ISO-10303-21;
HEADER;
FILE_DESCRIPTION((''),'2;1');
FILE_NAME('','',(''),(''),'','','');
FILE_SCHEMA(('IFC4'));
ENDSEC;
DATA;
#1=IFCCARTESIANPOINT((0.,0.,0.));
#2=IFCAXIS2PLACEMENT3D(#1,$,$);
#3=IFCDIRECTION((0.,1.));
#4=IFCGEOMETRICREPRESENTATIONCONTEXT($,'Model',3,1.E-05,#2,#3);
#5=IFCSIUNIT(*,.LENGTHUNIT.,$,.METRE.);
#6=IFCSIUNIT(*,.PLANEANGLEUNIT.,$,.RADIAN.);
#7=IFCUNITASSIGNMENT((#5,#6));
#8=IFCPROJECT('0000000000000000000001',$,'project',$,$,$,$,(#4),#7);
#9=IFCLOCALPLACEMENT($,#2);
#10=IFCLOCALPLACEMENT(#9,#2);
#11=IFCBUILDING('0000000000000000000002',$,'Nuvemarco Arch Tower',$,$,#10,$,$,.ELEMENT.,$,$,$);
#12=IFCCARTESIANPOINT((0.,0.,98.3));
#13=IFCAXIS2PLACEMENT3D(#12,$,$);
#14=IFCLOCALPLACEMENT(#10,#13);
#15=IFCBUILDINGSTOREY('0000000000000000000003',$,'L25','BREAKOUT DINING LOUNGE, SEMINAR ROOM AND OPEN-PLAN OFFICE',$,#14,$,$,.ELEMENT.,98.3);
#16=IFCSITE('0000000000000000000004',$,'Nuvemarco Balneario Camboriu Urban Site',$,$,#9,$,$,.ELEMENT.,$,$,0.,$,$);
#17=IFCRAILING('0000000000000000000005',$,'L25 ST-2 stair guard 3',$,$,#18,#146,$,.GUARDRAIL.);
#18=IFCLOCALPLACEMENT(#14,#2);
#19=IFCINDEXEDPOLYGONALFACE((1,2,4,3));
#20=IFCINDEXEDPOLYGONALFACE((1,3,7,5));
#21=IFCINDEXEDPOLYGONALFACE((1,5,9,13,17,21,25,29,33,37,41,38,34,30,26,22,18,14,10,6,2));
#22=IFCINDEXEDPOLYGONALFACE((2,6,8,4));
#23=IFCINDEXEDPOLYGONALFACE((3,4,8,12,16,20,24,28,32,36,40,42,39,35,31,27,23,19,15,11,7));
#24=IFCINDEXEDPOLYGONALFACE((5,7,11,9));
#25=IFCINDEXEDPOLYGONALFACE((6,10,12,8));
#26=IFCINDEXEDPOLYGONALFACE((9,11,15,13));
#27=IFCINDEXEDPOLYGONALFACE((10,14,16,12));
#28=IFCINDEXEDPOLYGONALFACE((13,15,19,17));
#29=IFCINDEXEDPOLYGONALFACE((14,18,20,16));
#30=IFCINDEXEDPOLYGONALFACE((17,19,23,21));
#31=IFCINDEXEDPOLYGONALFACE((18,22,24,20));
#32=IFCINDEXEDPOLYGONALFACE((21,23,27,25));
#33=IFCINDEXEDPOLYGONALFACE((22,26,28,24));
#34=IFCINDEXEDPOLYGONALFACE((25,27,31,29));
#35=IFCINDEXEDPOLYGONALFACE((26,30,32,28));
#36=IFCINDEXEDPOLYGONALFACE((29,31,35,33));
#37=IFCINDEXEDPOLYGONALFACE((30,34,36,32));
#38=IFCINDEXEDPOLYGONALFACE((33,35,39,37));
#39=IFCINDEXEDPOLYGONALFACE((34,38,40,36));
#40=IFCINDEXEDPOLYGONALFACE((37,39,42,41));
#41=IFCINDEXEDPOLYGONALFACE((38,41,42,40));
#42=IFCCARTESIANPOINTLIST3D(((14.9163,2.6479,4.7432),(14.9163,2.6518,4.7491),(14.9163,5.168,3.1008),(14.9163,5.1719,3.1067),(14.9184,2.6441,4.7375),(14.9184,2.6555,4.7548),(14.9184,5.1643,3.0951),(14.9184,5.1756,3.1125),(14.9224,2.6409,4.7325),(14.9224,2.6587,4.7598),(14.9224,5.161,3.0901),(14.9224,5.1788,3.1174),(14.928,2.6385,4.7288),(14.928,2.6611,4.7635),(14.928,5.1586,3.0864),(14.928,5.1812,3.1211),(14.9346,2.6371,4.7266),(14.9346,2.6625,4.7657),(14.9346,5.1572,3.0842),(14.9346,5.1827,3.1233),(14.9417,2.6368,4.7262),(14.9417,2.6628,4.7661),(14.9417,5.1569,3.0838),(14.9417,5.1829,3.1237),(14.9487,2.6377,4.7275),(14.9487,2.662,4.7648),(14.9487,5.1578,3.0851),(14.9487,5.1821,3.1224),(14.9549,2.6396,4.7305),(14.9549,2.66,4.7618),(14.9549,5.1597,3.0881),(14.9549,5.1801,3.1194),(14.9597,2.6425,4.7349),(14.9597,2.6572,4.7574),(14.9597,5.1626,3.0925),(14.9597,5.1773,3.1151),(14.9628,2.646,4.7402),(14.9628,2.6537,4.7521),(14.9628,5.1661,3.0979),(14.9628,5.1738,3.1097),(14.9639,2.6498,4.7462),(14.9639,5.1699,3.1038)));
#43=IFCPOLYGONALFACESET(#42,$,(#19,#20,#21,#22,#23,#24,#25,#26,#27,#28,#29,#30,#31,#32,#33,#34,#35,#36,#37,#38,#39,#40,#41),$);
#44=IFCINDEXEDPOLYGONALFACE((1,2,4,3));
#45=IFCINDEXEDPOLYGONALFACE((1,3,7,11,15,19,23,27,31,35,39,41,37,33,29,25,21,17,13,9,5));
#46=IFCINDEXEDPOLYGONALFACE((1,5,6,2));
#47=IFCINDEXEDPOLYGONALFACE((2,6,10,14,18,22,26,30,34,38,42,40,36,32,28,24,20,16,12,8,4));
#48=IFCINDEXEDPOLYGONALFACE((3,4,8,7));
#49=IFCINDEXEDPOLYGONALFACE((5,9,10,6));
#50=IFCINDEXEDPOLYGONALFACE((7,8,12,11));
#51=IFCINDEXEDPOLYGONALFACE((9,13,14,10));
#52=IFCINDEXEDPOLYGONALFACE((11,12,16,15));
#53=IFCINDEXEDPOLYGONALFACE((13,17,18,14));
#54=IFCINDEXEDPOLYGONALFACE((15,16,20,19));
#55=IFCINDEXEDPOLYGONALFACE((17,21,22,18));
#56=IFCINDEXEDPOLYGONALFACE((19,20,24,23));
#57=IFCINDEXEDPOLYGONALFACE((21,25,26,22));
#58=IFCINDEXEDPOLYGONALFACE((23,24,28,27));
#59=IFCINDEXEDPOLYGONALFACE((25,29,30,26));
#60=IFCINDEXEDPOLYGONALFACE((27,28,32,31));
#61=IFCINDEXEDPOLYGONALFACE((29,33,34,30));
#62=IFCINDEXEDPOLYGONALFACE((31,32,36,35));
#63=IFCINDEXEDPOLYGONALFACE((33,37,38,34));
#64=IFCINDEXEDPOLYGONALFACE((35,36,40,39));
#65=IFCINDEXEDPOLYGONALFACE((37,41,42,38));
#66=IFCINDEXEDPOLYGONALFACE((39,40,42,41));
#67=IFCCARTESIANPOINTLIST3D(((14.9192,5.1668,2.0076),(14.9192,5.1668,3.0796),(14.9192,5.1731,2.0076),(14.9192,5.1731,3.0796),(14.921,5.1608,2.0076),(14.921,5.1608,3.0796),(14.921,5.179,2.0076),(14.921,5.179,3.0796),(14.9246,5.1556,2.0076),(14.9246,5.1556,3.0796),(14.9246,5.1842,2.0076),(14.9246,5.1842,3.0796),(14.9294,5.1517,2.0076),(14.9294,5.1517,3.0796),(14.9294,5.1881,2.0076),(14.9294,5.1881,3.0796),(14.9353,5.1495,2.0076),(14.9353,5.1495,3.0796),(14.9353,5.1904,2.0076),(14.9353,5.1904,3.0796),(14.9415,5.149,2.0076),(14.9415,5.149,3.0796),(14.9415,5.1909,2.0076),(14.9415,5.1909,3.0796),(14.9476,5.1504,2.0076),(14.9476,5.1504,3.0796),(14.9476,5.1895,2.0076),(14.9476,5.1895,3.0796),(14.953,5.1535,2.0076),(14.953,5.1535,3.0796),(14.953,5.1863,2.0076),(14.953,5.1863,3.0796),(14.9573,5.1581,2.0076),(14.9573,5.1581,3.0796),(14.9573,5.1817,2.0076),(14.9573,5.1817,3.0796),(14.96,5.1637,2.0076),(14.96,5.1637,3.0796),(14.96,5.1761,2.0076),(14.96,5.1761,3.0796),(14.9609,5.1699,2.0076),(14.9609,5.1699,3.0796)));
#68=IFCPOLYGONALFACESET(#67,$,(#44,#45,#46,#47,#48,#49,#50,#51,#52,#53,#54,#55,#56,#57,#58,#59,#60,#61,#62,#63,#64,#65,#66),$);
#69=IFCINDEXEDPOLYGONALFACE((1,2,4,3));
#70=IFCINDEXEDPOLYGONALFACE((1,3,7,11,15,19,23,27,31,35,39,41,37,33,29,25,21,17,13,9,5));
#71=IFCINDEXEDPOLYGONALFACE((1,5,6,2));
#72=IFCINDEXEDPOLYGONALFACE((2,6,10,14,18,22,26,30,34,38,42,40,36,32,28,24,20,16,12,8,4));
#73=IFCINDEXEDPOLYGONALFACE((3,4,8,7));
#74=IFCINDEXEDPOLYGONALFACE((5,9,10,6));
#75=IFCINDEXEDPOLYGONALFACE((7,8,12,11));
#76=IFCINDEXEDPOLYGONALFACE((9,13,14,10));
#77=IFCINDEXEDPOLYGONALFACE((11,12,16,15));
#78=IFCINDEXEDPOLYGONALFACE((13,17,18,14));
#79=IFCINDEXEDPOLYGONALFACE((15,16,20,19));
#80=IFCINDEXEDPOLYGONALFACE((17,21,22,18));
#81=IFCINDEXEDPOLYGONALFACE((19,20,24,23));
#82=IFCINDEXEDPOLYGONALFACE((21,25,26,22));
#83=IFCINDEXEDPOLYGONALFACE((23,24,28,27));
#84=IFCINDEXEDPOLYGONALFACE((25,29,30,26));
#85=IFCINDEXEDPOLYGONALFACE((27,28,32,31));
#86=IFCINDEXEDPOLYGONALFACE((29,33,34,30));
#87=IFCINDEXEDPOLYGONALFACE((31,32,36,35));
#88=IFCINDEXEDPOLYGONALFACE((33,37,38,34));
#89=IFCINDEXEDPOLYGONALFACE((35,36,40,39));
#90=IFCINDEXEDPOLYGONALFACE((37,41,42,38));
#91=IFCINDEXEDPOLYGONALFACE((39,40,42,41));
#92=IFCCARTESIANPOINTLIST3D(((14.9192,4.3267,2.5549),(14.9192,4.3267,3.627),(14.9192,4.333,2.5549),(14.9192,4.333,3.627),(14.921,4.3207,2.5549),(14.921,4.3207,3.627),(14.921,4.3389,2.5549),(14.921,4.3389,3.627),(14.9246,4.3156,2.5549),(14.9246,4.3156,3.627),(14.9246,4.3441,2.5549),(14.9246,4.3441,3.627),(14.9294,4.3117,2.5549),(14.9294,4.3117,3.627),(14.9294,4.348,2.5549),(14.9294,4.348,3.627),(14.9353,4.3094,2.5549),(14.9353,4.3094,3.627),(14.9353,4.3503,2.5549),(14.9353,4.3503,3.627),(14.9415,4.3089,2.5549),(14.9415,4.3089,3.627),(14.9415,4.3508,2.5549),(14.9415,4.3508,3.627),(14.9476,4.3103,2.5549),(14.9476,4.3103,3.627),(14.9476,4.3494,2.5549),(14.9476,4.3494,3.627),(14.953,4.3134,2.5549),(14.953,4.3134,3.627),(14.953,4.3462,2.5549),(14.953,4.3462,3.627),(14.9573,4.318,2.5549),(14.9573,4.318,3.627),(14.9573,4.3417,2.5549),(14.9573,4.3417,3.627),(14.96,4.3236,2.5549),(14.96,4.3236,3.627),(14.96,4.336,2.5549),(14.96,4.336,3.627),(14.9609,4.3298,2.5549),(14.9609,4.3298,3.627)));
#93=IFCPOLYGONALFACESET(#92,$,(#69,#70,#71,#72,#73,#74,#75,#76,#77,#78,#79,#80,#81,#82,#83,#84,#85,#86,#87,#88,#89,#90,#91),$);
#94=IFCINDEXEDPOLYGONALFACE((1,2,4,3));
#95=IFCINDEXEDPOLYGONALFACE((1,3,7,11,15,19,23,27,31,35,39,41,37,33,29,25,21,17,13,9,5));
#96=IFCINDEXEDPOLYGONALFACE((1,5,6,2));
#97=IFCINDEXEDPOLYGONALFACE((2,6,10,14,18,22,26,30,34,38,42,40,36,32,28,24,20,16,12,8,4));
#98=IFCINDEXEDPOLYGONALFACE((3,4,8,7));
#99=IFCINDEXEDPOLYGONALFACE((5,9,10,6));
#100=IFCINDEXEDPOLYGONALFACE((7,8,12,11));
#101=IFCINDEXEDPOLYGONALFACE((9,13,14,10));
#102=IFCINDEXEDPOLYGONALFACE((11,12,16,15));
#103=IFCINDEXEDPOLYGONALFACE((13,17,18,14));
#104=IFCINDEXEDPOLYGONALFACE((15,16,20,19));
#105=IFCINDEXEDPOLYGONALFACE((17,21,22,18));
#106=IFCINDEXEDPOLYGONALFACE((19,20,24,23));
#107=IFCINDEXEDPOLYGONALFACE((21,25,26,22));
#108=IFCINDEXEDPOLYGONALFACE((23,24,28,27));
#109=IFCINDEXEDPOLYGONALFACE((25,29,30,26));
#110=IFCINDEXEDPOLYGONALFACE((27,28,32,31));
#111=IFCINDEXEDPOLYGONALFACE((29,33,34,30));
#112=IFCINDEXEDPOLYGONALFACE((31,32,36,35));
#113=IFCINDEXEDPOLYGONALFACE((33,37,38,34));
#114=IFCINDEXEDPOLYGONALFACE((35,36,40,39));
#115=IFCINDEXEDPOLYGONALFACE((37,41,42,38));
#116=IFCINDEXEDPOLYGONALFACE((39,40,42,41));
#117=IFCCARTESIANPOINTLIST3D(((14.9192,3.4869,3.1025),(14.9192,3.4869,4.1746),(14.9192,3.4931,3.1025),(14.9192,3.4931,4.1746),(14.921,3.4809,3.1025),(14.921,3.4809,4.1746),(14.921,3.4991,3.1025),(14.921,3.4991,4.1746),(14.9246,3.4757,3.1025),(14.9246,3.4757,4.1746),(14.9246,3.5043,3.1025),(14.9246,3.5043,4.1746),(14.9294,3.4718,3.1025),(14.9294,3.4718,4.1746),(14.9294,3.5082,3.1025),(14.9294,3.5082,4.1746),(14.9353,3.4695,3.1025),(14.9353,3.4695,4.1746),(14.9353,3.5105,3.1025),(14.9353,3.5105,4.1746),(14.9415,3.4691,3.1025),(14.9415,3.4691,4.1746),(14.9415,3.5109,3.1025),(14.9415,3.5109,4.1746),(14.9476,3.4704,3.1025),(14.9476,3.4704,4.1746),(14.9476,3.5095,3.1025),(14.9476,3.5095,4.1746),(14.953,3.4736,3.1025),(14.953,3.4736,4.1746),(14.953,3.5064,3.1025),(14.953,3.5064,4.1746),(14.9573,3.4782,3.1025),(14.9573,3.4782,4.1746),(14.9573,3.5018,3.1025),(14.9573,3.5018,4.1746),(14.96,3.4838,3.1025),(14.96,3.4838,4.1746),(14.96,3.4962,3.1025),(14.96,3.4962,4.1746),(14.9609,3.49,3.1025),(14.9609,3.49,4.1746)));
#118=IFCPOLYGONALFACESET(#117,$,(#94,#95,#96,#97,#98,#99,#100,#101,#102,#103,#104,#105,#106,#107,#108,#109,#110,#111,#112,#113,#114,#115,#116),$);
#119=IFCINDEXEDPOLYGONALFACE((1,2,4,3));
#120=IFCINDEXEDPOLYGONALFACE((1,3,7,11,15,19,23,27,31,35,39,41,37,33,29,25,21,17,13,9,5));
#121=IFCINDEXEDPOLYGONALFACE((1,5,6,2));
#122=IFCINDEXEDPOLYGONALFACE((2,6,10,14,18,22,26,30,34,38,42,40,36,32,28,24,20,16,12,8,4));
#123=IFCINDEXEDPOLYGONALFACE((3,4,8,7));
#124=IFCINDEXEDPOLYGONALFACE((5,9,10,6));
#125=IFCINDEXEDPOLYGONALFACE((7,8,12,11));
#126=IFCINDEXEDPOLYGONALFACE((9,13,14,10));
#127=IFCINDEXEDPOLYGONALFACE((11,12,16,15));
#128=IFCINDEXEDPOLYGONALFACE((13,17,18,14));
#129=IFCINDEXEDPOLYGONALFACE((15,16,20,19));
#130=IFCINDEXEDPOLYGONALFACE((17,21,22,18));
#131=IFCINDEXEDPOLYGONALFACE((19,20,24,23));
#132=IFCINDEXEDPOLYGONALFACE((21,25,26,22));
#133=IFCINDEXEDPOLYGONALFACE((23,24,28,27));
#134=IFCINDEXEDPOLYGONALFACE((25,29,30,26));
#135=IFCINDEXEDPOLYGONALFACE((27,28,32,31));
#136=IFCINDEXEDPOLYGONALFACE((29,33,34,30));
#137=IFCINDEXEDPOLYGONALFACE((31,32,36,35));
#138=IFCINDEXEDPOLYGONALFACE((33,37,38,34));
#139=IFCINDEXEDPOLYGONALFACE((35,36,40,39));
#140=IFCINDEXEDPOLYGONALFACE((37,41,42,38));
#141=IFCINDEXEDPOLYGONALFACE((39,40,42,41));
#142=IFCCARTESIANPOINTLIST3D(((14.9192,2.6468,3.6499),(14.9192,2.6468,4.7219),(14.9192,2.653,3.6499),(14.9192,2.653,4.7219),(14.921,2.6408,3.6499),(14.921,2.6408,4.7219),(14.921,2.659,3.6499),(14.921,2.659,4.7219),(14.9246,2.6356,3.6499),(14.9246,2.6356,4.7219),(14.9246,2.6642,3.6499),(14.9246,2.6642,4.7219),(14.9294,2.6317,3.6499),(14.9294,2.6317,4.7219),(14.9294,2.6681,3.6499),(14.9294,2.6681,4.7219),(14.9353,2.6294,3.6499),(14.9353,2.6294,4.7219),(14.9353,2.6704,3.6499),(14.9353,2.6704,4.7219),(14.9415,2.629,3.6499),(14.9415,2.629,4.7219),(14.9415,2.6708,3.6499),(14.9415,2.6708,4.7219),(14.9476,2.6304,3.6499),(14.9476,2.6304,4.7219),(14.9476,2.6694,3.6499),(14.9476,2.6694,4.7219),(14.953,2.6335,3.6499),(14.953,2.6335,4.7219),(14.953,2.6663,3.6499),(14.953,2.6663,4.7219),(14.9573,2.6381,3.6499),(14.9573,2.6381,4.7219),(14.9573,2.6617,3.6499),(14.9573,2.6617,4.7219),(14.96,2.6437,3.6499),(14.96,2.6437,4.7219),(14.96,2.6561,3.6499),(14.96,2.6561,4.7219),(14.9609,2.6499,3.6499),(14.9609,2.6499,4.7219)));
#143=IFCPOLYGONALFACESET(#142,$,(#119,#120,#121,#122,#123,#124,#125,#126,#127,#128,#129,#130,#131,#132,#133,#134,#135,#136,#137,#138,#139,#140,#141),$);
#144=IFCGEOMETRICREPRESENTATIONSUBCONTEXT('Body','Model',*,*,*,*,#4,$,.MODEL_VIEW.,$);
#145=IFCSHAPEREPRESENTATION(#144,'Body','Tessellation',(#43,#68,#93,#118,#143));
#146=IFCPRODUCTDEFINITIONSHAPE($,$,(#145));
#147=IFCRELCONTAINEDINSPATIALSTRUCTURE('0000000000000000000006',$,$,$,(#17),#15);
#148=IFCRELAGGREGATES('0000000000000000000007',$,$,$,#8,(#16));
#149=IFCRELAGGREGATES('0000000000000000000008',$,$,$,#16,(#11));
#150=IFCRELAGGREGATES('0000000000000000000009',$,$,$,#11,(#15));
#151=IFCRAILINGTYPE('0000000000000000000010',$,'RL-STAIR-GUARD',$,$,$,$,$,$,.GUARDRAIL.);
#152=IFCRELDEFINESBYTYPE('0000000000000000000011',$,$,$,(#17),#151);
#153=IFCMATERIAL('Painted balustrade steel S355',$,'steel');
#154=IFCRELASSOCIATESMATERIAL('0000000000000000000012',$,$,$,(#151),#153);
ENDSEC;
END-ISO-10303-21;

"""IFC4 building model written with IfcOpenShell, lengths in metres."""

from ifc_helpers import new_model, si_unit, direction, frame, origin, origin_2d, place, context, subcontext, project, spatial, circle, extrude, material, type_object, element, save


model = new_model("IFC4")

# Units and contexts
model_context = context("Model", 3, precision=1e-05, world=origin(), true_north=direction((0.0, 1.0)))
body_context = subcontext(model_context, "Body", "Model", "MODEL_VIEW")
ifc_project = project(units=[si_unit("LENGTHUNIT", "METRE"), si_unit("PLANEANGLEUNIT", "RADIAN")], contexts=[model_context])

# Site, building, storey
site_placement = place(None, origin())
site = spatial("IfcSite", under=ifc_project, at=site_placement, Name="Nuvemarco Balneario Camboriu Urban Site", CompositionType="ELEMENT", RefElevation=0.0)
building_placement = place(site_placement, origin())
building = spatial("IfcBuilding", under=site, at=building_placement, Name="Nuvemarco Arch Tower", CompositionType="ELEMENT")
storey_placement = place(building_placement, frame((0.0, 0.0, 98.3)))
storey = spatial("IfcBuildingStorey", under=building, at=storey_placement, Name="L25", Description="BREAKOUT DINING LOUNGE, SEMINAR ROOM AND OPEN-PLAN OFFICE", CompositionType="ELEMENT", Elevation=98.3)

# Railing
ifc_material_1 = material(Name="Painted balustrade steel S355", Category="steel")
railing_type_1 = type_object("IfcRailingType", Name="RL-STAIR-GUARD", PredefinedType="GUARDRAIL", material=ifc_material_1)
railing_1_placement = place(storey_placement, frame((14.9399, 5.1699, 2.0076)))
element("IfcRailing", 1, at=railing_1_placement, inside=storey, type_object=railing_type_1, Name="L25 ST-2 stair guard 3", PredefinedType="GUARDRAIL", context=body_context, shape_type="SweptSolid", body=[
    extrude(circle(Radius=0.0239, at=origin_2d()), frame((0.0, 0.0, 1.0962), z_axis=(0.0, -0.837787, 0.545998), x_axis=(1.0, 0.0, 0.0)), (0.0, 0.0, 1.0), 3.0081),
    extrude(circle(Radius=0.021, at=origin_2d()), origin(), (0.0, 0.0, 1.0), 1.072),
    extrude(circle(Radius=0.021, at=origin_2d()), frame((0.0, -0.8401, 0.5474)), (0.0, 0.0, 1.0), 1.072),
    extrude(circle(Radius=0.021, at=origin_2d()), frame((0.0, -1.6799, 1.095)), (0.0, 0.0, 1.0), 1.072),
    extrude(circle(Radius=0.021, at=origin_2d()), frame((0.0, -2.52, 1.6423)), (0.0, 0.0, 1.0), 1.072),
])

save(model, "model.ifc")
